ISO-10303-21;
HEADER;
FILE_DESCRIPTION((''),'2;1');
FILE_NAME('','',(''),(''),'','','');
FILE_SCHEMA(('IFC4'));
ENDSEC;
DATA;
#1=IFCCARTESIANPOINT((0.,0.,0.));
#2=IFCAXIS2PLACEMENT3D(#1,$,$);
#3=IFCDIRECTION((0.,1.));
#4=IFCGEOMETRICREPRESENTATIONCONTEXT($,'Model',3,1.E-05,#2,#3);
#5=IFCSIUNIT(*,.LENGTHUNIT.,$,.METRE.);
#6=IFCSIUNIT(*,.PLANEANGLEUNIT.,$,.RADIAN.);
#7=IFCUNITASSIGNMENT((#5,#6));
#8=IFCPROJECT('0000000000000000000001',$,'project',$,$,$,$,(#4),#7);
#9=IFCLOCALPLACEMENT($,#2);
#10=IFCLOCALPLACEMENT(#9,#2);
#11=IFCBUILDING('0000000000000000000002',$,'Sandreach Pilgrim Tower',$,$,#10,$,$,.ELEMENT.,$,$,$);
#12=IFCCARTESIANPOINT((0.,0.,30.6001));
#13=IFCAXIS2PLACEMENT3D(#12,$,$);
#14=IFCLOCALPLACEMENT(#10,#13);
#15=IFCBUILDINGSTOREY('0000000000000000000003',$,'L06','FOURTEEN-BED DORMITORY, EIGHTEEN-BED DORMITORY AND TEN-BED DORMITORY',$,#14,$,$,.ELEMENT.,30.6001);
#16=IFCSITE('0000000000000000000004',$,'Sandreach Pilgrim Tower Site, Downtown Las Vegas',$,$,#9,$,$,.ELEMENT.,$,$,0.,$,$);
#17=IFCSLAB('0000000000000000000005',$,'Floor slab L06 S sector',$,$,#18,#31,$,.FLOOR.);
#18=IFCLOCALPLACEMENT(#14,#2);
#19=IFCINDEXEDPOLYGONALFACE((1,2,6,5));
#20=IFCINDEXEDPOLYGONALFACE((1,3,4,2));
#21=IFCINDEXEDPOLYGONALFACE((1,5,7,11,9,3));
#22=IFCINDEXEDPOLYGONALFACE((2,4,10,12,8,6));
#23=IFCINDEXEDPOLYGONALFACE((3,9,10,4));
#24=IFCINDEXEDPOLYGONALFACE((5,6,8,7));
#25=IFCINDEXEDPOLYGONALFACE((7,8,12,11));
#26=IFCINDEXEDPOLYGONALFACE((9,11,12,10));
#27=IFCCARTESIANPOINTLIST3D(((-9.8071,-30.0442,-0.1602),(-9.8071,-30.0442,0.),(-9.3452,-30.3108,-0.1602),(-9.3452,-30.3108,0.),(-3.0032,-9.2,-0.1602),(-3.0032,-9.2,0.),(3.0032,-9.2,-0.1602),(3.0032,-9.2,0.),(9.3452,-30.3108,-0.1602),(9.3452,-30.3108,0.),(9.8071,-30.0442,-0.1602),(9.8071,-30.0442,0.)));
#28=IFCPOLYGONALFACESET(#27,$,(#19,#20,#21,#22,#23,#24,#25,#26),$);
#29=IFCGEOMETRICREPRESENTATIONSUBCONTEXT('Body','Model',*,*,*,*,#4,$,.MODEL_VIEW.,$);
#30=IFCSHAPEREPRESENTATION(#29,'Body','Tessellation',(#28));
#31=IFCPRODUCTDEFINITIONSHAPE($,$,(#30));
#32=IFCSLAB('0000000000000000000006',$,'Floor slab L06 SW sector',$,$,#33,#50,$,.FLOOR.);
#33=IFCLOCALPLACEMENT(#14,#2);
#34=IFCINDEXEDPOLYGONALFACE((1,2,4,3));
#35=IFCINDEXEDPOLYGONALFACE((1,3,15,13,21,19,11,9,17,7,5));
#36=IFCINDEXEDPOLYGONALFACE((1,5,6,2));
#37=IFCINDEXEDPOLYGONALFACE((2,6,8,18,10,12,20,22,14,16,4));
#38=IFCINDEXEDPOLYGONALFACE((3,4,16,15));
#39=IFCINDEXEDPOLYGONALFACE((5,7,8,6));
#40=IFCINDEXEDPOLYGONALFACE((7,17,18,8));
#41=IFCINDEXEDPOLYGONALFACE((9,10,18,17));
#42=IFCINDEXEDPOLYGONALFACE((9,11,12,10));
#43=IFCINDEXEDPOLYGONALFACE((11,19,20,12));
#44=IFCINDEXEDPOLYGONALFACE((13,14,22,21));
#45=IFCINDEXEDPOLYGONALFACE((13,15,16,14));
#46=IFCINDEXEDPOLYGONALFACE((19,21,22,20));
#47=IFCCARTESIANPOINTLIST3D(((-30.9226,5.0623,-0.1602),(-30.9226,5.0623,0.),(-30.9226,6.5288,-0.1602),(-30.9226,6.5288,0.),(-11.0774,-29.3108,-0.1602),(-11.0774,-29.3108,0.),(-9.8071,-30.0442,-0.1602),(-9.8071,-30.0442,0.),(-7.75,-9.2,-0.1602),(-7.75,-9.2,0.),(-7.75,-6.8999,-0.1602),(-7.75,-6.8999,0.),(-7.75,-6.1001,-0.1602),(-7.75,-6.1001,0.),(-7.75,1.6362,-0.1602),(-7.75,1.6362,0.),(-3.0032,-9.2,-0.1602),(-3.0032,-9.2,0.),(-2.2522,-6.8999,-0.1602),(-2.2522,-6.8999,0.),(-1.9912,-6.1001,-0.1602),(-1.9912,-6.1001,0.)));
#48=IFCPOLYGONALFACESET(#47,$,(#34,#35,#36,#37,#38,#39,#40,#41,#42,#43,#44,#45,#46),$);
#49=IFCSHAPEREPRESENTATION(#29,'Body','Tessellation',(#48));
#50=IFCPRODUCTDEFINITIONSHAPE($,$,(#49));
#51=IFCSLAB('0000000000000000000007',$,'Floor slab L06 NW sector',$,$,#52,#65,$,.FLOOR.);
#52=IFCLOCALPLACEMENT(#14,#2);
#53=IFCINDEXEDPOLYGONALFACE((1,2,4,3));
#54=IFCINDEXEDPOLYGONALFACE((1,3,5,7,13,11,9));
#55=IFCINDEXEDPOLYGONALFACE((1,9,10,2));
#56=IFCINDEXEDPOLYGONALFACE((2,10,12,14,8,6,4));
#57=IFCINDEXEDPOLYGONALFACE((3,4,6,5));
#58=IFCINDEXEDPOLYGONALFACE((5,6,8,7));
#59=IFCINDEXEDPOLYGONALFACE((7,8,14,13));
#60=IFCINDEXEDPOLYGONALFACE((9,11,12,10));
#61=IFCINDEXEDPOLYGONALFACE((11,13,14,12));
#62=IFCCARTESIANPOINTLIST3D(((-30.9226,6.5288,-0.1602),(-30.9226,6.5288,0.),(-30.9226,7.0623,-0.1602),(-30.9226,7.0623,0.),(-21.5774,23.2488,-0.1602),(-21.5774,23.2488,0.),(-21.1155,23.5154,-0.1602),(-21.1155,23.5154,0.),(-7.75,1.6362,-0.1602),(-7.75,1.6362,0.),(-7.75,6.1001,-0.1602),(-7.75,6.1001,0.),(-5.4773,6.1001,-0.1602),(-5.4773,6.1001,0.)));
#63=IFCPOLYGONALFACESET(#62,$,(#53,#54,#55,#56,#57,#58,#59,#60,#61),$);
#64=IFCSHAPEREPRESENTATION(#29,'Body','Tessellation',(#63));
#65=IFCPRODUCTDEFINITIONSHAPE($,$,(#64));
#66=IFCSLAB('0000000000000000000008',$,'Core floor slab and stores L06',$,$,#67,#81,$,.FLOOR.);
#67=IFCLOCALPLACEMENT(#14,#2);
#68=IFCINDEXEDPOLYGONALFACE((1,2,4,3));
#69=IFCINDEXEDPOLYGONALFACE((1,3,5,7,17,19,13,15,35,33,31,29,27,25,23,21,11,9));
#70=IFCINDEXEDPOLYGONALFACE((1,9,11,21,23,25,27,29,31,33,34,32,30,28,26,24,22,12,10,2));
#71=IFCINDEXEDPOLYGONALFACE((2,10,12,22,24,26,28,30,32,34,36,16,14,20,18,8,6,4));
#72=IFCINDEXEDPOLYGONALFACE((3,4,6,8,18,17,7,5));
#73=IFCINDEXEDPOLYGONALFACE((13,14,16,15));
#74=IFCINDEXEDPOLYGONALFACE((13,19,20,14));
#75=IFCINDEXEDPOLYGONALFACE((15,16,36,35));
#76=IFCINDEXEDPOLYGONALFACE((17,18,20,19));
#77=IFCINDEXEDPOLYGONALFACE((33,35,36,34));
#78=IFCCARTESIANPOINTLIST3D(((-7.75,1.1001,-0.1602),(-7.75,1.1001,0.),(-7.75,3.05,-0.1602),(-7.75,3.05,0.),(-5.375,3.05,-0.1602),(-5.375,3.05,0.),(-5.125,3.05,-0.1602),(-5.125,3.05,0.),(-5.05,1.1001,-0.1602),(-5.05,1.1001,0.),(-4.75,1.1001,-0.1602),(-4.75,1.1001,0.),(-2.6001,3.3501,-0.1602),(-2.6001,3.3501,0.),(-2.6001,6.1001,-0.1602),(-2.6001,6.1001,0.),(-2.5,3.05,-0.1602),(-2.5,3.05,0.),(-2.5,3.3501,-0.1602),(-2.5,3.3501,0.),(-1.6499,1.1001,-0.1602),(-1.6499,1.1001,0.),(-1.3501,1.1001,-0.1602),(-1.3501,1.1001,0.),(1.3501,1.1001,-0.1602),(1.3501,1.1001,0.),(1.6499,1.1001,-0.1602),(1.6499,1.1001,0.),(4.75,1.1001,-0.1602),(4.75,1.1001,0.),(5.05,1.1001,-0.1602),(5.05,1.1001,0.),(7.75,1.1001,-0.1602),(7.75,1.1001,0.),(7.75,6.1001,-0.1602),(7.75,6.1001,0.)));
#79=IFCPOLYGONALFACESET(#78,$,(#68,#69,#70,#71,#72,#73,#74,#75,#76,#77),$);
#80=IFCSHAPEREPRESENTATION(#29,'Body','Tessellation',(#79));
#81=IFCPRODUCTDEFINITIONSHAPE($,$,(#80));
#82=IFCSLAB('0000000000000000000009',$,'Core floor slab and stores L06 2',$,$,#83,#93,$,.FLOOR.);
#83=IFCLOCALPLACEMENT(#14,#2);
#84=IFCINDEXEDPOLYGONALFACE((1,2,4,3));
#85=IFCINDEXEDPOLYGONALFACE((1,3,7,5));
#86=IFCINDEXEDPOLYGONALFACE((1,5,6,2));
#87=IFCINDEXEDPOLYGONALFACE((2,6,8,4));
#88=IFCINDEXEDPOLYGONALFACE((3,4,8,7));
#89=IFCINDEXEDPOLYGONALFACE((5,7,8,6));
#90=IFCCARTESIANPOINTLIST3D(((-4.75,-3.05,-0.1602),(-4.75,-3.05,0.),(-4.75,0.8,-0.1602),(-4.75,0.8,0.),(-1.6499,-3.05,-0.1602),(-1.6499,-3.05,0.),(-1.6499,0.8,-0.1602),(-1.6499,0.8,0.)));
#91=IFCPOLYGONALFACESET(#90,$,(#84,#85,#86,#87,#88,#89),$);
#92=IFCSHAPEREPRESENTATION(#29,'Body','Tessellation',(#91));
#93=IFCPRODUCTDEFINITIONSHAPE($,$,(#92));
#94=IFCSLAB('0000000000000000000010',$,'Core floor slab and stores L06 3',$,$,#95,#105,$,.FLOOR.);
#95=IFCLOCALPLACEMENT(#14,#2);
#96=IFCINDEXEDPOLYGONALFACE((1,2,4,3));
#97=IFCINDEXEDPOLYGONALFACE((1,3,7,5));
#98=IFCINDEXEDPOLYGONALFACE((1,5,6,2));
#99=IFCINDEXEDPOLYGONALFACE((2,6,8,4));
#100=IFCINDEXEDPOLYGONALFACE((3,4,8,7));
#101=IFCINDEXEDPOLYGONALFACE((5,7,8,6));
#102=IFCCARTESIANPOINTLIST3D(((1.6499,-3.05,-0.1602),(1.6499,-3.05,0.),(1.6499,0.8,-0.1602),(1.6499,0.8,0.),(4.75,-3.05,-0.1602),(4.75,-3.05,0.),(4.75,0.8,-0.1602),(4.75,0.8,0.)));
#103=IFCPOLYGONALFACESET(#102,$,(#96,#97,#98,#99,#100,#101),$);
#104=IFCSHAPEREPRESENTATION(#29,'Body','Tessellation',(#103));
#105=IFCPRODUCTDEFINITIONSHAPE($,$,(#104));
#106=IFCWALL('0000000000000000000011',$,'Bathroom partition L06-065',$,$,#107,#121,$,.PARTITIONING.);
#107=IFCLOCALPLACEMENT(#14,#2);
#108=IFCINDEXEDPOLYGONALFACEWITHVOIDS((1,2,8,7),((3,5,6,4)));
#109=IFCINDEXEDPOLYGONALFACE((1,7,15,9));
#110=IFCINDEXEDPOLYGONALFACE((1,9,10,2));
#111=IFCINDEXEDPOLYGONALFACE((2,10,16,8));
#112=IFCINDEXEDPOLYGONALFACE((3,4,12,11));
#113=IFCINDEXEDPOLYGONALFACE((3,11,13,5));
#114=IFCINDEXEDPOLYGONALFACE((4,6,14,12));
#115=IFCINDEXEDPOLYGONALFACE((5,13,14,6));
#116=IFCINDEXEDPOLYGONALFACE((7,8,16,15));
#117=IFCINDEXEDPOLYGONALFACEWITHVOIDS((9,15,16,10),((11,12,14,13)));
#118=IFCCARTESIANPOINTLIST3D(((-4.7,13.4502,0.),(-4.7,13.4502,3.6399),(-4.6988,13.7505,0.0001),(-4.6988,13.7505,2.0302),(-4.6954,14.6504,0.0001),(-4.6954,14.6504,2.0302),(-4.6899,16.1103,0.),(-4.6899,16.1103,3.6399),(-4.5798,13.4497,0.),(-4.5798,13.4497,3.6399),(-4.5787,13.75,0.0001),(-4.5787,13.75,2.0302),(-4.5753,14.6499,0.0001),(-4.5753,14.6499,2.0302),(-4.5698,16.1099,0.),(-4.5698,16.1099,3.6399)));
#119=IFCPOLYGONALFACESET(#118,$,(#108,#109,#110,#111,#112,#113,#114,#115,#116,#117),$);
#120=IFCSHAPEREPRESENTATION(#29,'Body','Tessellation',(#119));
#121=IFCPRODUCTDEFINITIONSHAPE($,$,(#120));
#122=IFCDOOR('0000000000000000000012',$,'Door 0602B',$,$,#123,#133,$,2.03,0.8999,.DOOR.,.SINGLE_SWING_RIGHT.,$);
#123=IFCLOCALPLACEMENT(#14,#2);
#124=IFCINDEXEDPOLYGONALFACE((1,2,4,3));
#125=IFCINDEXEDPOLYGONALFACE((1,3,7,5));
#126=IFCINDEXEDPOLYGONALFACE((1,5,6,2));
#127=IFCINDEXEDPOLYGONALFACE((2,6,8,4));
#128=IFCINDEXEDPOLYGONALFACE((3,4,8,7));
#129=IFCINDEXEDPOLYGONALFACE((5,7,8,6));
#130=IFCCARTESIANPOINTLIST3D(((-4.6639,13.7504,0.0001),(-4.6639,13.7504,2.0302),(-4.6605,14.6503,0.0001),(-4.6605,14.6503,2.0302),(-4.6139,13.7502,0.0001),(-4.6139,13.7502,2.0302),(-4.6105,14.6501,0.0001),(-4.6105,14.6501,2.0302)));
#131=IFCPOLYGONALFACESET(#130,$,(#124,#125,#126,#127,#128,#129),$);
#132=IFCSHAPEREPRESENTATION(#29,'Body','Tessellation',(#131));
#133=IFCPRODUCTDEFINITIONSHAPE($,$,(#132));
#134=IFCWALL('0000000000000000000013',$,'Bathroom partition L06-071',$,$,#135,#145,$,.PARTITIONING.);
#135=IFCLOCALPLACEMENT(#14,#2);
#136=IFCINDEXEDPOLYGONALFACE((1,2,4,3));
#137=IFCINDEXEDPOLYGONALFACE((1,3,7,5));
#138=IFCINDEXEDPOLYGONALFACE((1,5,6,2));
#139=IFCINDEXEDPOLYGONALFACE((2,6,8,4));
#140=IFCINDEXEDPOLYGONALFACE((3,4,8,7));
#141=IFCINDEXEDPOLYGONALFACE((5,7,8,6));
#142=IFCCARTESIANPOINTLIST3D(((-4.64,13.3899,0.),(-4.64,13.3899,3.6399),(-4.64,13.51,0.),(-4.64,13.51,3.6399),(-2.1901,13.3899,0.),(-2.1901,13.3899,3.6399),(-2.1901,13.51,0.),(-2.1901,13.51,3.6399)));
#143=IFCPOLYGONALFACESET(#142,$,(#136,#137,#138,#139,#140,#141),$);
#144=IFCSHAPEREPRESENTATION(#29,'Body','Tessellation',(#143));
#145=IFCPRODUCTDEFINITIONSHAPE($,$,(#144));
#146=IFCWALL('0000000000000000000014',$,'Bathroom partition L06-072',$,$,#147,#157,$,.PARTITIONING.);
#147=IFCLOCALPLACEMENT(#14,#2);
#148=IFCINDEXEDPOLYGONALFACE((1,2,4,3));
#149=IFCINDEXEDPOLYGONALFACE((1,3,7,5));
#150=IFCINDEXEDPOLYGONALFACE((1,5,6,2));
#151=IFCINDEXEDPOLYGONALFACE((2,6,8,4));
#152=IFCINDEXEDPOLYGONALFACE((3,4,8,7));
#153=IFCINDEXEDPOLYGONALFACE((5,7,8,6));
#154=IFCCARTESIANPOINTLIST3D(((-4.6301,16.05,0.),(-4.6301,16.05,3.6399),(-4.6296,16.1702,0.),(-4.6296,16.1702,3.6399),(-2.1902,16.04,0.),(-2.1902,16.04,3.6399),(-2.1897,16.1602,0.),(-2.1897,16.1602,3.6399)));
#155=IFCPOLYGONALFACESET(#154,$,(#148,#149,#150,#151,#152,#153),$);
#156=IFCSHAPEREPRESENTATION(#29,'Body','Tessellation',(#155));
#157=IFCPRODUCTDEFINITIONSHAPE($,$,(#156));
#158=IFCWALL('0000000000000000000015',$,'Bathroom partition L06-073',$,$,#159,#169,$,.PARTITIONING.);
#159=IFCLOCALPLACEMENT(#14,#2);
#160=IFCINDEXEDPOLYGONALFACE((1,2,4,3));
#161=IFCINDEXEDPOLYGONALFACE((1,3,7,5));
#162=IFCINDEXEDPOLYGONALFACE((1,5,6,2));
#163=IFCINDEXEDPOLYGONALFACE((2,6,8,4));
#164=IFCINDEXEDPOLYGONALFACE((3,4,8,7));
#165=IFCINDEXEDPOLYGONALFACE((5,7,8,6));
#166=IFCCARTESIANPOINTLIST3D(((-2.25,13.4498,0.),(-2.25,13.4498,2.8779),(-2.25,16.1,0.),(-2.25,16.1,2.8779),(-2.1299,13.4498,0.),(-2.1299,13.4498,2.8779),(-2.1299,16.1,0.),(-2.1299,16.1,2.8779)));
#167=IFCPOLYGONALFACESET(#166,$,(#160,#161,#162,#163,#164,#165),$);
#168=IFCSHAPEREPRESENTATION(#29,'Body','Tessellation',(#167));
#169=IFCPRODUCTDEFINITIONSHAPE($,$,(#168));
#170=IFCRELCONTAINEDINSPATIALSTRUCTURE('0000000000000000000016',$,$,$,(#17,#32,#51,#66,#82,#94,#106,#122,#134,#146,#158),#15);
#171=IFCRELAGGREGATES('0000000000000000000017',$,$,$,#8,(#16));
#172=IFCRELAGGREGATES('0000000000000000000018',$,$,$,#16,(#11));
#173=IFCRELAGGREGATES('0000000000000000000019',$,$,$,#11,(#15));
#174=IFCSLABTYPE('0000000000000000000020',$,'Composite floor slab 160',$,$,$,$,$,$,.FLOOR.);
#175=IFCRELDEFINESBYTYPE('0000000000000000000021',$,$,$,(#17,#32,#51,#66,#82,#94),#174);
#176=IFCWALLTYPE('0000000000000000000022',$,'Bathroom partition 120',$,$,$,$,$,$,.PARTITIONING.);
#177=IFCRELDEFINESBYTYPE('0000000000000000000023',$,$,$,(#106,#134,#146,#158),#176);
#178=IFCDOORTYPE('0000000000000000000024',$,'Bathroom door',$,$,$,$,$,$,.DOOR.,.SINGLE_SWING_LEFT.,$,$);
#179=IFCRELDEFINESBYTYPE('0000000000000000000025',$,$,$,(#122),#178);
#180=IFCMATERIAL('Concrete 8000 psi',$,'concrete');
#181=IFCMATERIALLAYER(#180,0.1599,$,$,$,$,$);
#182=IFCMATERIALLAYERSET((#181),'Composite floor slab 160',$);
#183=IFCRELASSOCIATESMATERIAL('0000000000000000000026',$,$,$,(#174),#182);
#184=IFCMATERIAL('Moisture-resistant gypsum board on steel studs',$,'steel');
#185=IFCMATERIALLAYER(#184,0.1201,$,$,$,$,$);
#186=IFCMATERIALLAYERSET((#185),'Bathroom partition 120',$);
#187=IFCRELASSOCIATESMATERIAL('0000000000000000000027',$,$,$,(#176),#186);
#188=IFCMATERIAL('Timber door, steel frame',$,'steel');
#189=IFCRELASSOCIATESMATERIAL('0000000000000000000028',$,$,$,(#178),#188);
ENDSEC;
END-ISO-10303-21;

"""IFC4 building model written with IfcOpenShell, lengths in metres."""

from ifc_helpers import new_model, si_unit, direction, frame, frame_2d, origin, place, context, subcontext, project, spatial, polyline, rectangle, outline, extrude, material, layer, layer_set, type_object, element, fill, save


model = new_model("IFC4")

# Units and contexts
model_context = context("Model", 3, precision=1e-05, world=origin(), true_north=direction((0.0, 1.0)))
body_context = subcontext(model_context, "Body", "Model", "MODEL_VIEW")
ifc_project = project(units=[si_unit("LENGTHUNIT", "METRE"), si_unit("PLANEANGLEUNIT", "RADIAN")], contexts=[model_context])

# Site, building, storey
site_placement = place(None, origin())
site = spatial("IfcSite", under=ifc_project, at=site_placement, Name="Sandreach Pilgrim Tower Site, Downtown Las Vegas", CompositionType="ELEMENT", RefElevation=0.0)
building_placement = place(site_placement, origin())
building = spatial("IfcBuilding", under=site, at=building_placement, Name="Sandreach Pilgrim Tower", CompositionType="ELEMENT")
storey_placement = place(building_placement, frame((0.0, 0.0, 30.6001)))
storey = spatial("IfcBuildingStorey", under=building, at=storey_placement, Name="L06", Description="FOURTEEN-BED DORMITORY, EIGHTEEN-BED DORMITORY AND TEN-BED DORMITORY", CompositionType="ELEMENT", Elevation=30.6001)

# Slabs
ifc_material_1 = material(Name="Concrete 8000 psi", Category="concrete")
ifc_layer_1 = layer(ifc_material_1, 0.1599)
ifc_layer_set_1 = layer_set([ifc_layer_1], Name="Composite floor slab 160")
slab_type = type_object("IfcSlabType", Name="Composite floor slab 160", PredefinedType="FLOOR", material=ifc_layer_set_1)
slab_1_placement = place(storey_placement, frame((0.0, 0.0, -0.1602)))
element("IfcSlab", 1, at=slab_1_placement, inside=storey, type_object=slab_type, Name="Floor slab L06 S sector", PredefinedType="FLOOR", context=body_context, shape_type="SweptSolid", body=[
    extrude(outline(polyline([(9.3452, -30.3108), (-9.3452, -30.3108), (-9.8071, -30.0442), (-3.0032, -9.2), (3.0032, -9.2), (9.8071, -30.0442), (9.3452, -30.3108)])), origin(), (0.0, 0.0, 1.0), 0.1602),
])
slab_2_placement = place(storey_placement, frame((0.0, 0.0, -0.1602)))
element("IfcSlab", 2, at=slab_2_placement, inside=storey, type_object=slab_type, Name="Floor slab L06 SW sector", PredefinedType="FLOOR", context=body_context, shape_type="SweptSolid", body=[
    extrude(outline(polyline([(-11.0774, -29.3108), (-30.9226, 5.0623), (-30.9226, 6.5288), (-7.75, 1.6362), (-7.75, -6.1001), (-1.9912, -6.1001), (-2.2522, -6.8999), (-7.75, -6.8999), (-7.75, -9.2), (-3.0032, -9.2), (-9.8071, -30.0442), (-11.0774, -29.3108)])), origin(), (0.0, 0.0, 1.0), 0.1602),
])
slab_3_placement = place(storey_placement, frame((0.0, 0.0, -0.1602)))
element("IfcSlab", 3, at=slab_3_placement, inside=storey, type_object=slab_type, Name="Floor slab L06 NW sector", PredefinedType="FLOOR", context=body_context, shape_type="SweptSolid", body=[
    extrude(outline(polyline([(-30.9226, 7.0623), (-21.5774, 23.2488), (-21.1155, 23.5154), (-5.4773, 6.1001), (-7.75, 6.1001), (-7.75, 1.6362), (-30.9226, 6.5288), (-30.9226, 7.0623)])), origin(), (0.0, 0.0, 1.0), 0.1602),
])
slab_4_placement = place(storey_placement, frame((0.0, 0.0, -0.1602)))
element("IfcSlab", 4, at=slab_4_placement, inside=storey, type_object=slab_type, Name="Core floor slab and stores L06", PredefinedType="FLOOR", context=body_context, shape_type="SweptSolid", body=[
    extrude(outline(polyline([(-7.75, 3.05), (-5.375, 3.05), (-5.125, 3.05), (-2.5, 3.05), (-2.5, 3.3501), (-2.6001, 3.3501), (-2.6001, 6.1001), (7.75, 6.1001), (7.75, 1.1001), (5.05, 1.1001), (4.75, 1.1001), (1.6499, 1.1001), (1.3501, 1.1001), (-1.3501, 1.1001), (-1.6499, 1.1001), (-4.75, 1.1001), (-5.05, 1.1001), (-7.75, 1.1001), (-7.75, 3.05)])), origin(), (0.0, 0.0, 1.0), 0.1602),
])
slab_5_placement = place(storey_placement, frame((0.0, 0.0, -0.1602)))
element("IfcSlab", 5, at=slab_5_placement, inside=storey, type_object=slab_type, Name="Core floor slab and stores L06 2", PredefinedType="FLOOR", context=body_context, shape_type="SweptSolid", body=[
    extrude(outline(polyline([(-1.6499, -3.05), (-4.75, -3.05), (-4.75, 0.8), (-1.6499, 0.8), (-1.6499, -3.05)])), origin(), (0.0, 0.0, 1.0), 0.1602),
])
slab_6_placement = place(storey_placement, frame((0.0, 0.0, -0.1602)))
element("IfcSlab", 6, at=slab_6_placement, inside=storey, type_object=slab_type, Name="Core floor slab and stores L06 3", PredefinedType="FLOOR", context=body_context, shape_type="SweptSolid", body=[
    extrude(outline(polyline([(4.75, -3.05), (1.6499, -3.05), (1.6499, 0.8), (4.75, 0.8), (4.75, -3.05)])), origin(), (0.0, 0.0, 1.0), 0.1602),
])

# Wall, opening, door
ifc_material_2 = material(Name="Moisture-resistant gypsum board on steel studs", Category="steel")
ifc_layer_2 = layer(ifc_material_2, 0.1201)
ifc_layer_set_2 = layer_set([ifc_layer_2], Name="Bathroom partition 120")
wall_type_1 = type_object("IfcWallType", Name="Bathroom partition 120", PredefinedType="PARTITIONING", material=ifc_layer_set_2)
wall_1_placement = place(storey_placement, frame((-4.6299, 16.1101, 0.0), z_axis=(0.0, 0.0, 1.0), x_axis=(-0.003763, -0.999993, 0.0)))
wall_1 = element("IfcWall", 7, at=wall_1_placement, inside=storey, type_object=wall_type_1, Name="Bathroom partition L06-065", PredefinedType="PARTITIONING", context=body_context, shape_type="SweptSolid", body=[
    extrude(rectangle(XDim=2.6602, YDim=0.1201, at=frame_2d((1.3301, 0.0))), origin(), (0.0, 0.0, 1.0), 3.6399),
])
opening_1_placement = place(wall_1_placement, frame((1.46, 0.0, 0.0)))
opening_1 = element("IfcOpeningElement", 8, at=opening_1_placement, cuts=wall_1, PredefinedType="OPENING", context=body_context, shape_type="SweptSolid", body=[
    extrude(rectangle(XDim=0.8999, YDim=2.03, at=frame_2d((0.45, 1.0151))), frame((0.0, 0.0601, 0.0), z_axis=(0.0, -1.0, 0.0), x_axis=(1.0, 0.0, 0.0)), (0.0, 0.0, 1.0), 0.1201),
])
ifc_material_3 = material(Name="Timber door, steel frame", Category="steel")
door_type_1 = type_object("IfcDoorType", Name="Bathroom door", OperationType="SINGLE_SWING_LEFT", PredefinedType="DOOR", material=ifc_material_3)
door_1_placement = place(opening_1_placement, origin())
door_1 = element("IfcDoor", 9, at=door_1_placement, inside=storey, type_object=door_type_1, Name="Door 0602B", OperationType="SINGLE_SWING_RIGHT", OverallHeight=2.03, OverallWidth=0.8999, PredefinedType="DOOR", context=body_context, shape_type="SweptSolid", body=[
    extrude(rectangle(XDim=0.8999, YDim=2.03, at=frame_2d((0.45, 1.0151))), frame((0.0, 0.0249, 0.0), z_axis=(0.0, -1.0, 0.0), x_axis=(1.0, 0.0, 0.0)), (0.0, 0.0, 1.0), 0.05),
])
fill(opening_1, door_1)

# Walls
wall_2_placement = place(storey_placement, frame((-2.1899, 13.45, 0.0), z_axis=(0.0, 0.0, 1.0), x_axis=(-1.0, 0.0, 0.0)))
element("IfcWall", 10, at=wall_2_placement, inside=storey, type_object=wall_type_1, Name="Bathroom partition L06-071", PredefinedType="PARTITIONING", context=body_context, shape_type="SweptSolid", body=[
    extrude(rectangle(XDim=2.45, YDim=0.1201, at=frame_2d((1.2251, 0.0))), origin(), (0.0, 0.0, 1.0), 3.6399),
])
wall_3_placement = place(storey_placement, frame((-2.1899, 16.1001, 0.0), z_axis=(0.0, 0.0, 1.0), x_axis=(-0.999992, 0.004102, 0.0)))
element("IfcWall", 11, at=wall_3_placement, inside=storey, type_object=wall_type_1, Name="Bathroom partition L06-072", PredefinedType="PARTITIONING", context=body_context, shape_type="SweptSolid", body=[
    extrude(rectangle(XDim=2.4399, YDim=0.1201, at=frame_2d((1.22, 0.0))), origin(), (0.0, 0.0, 1.0), 3.6399),
])
wall_4_placement = place(storey_placement, frame((-2.1899, 16.1001, 0.0), z_axis=(0.0, 0.0, 1.0), x_axis=(0.0, -1.0, 0.0)))
element("IfcWall", 12, at=wall_4_placement, inside=storey, type_object=wall_type_1, Name="Bathroom partition L06-073", PredefinedType="PARTITIONING", context=body_context, shape_type="SweptSolid", body=[
    extrude(rectangle(XDim=2.6501, YDim=0.1201, at=frame_2d((1.3252, 0.0))), origin(), (0.0, 0.0, 1.0), 2.8779),
])

save(model, "model.ifc")
